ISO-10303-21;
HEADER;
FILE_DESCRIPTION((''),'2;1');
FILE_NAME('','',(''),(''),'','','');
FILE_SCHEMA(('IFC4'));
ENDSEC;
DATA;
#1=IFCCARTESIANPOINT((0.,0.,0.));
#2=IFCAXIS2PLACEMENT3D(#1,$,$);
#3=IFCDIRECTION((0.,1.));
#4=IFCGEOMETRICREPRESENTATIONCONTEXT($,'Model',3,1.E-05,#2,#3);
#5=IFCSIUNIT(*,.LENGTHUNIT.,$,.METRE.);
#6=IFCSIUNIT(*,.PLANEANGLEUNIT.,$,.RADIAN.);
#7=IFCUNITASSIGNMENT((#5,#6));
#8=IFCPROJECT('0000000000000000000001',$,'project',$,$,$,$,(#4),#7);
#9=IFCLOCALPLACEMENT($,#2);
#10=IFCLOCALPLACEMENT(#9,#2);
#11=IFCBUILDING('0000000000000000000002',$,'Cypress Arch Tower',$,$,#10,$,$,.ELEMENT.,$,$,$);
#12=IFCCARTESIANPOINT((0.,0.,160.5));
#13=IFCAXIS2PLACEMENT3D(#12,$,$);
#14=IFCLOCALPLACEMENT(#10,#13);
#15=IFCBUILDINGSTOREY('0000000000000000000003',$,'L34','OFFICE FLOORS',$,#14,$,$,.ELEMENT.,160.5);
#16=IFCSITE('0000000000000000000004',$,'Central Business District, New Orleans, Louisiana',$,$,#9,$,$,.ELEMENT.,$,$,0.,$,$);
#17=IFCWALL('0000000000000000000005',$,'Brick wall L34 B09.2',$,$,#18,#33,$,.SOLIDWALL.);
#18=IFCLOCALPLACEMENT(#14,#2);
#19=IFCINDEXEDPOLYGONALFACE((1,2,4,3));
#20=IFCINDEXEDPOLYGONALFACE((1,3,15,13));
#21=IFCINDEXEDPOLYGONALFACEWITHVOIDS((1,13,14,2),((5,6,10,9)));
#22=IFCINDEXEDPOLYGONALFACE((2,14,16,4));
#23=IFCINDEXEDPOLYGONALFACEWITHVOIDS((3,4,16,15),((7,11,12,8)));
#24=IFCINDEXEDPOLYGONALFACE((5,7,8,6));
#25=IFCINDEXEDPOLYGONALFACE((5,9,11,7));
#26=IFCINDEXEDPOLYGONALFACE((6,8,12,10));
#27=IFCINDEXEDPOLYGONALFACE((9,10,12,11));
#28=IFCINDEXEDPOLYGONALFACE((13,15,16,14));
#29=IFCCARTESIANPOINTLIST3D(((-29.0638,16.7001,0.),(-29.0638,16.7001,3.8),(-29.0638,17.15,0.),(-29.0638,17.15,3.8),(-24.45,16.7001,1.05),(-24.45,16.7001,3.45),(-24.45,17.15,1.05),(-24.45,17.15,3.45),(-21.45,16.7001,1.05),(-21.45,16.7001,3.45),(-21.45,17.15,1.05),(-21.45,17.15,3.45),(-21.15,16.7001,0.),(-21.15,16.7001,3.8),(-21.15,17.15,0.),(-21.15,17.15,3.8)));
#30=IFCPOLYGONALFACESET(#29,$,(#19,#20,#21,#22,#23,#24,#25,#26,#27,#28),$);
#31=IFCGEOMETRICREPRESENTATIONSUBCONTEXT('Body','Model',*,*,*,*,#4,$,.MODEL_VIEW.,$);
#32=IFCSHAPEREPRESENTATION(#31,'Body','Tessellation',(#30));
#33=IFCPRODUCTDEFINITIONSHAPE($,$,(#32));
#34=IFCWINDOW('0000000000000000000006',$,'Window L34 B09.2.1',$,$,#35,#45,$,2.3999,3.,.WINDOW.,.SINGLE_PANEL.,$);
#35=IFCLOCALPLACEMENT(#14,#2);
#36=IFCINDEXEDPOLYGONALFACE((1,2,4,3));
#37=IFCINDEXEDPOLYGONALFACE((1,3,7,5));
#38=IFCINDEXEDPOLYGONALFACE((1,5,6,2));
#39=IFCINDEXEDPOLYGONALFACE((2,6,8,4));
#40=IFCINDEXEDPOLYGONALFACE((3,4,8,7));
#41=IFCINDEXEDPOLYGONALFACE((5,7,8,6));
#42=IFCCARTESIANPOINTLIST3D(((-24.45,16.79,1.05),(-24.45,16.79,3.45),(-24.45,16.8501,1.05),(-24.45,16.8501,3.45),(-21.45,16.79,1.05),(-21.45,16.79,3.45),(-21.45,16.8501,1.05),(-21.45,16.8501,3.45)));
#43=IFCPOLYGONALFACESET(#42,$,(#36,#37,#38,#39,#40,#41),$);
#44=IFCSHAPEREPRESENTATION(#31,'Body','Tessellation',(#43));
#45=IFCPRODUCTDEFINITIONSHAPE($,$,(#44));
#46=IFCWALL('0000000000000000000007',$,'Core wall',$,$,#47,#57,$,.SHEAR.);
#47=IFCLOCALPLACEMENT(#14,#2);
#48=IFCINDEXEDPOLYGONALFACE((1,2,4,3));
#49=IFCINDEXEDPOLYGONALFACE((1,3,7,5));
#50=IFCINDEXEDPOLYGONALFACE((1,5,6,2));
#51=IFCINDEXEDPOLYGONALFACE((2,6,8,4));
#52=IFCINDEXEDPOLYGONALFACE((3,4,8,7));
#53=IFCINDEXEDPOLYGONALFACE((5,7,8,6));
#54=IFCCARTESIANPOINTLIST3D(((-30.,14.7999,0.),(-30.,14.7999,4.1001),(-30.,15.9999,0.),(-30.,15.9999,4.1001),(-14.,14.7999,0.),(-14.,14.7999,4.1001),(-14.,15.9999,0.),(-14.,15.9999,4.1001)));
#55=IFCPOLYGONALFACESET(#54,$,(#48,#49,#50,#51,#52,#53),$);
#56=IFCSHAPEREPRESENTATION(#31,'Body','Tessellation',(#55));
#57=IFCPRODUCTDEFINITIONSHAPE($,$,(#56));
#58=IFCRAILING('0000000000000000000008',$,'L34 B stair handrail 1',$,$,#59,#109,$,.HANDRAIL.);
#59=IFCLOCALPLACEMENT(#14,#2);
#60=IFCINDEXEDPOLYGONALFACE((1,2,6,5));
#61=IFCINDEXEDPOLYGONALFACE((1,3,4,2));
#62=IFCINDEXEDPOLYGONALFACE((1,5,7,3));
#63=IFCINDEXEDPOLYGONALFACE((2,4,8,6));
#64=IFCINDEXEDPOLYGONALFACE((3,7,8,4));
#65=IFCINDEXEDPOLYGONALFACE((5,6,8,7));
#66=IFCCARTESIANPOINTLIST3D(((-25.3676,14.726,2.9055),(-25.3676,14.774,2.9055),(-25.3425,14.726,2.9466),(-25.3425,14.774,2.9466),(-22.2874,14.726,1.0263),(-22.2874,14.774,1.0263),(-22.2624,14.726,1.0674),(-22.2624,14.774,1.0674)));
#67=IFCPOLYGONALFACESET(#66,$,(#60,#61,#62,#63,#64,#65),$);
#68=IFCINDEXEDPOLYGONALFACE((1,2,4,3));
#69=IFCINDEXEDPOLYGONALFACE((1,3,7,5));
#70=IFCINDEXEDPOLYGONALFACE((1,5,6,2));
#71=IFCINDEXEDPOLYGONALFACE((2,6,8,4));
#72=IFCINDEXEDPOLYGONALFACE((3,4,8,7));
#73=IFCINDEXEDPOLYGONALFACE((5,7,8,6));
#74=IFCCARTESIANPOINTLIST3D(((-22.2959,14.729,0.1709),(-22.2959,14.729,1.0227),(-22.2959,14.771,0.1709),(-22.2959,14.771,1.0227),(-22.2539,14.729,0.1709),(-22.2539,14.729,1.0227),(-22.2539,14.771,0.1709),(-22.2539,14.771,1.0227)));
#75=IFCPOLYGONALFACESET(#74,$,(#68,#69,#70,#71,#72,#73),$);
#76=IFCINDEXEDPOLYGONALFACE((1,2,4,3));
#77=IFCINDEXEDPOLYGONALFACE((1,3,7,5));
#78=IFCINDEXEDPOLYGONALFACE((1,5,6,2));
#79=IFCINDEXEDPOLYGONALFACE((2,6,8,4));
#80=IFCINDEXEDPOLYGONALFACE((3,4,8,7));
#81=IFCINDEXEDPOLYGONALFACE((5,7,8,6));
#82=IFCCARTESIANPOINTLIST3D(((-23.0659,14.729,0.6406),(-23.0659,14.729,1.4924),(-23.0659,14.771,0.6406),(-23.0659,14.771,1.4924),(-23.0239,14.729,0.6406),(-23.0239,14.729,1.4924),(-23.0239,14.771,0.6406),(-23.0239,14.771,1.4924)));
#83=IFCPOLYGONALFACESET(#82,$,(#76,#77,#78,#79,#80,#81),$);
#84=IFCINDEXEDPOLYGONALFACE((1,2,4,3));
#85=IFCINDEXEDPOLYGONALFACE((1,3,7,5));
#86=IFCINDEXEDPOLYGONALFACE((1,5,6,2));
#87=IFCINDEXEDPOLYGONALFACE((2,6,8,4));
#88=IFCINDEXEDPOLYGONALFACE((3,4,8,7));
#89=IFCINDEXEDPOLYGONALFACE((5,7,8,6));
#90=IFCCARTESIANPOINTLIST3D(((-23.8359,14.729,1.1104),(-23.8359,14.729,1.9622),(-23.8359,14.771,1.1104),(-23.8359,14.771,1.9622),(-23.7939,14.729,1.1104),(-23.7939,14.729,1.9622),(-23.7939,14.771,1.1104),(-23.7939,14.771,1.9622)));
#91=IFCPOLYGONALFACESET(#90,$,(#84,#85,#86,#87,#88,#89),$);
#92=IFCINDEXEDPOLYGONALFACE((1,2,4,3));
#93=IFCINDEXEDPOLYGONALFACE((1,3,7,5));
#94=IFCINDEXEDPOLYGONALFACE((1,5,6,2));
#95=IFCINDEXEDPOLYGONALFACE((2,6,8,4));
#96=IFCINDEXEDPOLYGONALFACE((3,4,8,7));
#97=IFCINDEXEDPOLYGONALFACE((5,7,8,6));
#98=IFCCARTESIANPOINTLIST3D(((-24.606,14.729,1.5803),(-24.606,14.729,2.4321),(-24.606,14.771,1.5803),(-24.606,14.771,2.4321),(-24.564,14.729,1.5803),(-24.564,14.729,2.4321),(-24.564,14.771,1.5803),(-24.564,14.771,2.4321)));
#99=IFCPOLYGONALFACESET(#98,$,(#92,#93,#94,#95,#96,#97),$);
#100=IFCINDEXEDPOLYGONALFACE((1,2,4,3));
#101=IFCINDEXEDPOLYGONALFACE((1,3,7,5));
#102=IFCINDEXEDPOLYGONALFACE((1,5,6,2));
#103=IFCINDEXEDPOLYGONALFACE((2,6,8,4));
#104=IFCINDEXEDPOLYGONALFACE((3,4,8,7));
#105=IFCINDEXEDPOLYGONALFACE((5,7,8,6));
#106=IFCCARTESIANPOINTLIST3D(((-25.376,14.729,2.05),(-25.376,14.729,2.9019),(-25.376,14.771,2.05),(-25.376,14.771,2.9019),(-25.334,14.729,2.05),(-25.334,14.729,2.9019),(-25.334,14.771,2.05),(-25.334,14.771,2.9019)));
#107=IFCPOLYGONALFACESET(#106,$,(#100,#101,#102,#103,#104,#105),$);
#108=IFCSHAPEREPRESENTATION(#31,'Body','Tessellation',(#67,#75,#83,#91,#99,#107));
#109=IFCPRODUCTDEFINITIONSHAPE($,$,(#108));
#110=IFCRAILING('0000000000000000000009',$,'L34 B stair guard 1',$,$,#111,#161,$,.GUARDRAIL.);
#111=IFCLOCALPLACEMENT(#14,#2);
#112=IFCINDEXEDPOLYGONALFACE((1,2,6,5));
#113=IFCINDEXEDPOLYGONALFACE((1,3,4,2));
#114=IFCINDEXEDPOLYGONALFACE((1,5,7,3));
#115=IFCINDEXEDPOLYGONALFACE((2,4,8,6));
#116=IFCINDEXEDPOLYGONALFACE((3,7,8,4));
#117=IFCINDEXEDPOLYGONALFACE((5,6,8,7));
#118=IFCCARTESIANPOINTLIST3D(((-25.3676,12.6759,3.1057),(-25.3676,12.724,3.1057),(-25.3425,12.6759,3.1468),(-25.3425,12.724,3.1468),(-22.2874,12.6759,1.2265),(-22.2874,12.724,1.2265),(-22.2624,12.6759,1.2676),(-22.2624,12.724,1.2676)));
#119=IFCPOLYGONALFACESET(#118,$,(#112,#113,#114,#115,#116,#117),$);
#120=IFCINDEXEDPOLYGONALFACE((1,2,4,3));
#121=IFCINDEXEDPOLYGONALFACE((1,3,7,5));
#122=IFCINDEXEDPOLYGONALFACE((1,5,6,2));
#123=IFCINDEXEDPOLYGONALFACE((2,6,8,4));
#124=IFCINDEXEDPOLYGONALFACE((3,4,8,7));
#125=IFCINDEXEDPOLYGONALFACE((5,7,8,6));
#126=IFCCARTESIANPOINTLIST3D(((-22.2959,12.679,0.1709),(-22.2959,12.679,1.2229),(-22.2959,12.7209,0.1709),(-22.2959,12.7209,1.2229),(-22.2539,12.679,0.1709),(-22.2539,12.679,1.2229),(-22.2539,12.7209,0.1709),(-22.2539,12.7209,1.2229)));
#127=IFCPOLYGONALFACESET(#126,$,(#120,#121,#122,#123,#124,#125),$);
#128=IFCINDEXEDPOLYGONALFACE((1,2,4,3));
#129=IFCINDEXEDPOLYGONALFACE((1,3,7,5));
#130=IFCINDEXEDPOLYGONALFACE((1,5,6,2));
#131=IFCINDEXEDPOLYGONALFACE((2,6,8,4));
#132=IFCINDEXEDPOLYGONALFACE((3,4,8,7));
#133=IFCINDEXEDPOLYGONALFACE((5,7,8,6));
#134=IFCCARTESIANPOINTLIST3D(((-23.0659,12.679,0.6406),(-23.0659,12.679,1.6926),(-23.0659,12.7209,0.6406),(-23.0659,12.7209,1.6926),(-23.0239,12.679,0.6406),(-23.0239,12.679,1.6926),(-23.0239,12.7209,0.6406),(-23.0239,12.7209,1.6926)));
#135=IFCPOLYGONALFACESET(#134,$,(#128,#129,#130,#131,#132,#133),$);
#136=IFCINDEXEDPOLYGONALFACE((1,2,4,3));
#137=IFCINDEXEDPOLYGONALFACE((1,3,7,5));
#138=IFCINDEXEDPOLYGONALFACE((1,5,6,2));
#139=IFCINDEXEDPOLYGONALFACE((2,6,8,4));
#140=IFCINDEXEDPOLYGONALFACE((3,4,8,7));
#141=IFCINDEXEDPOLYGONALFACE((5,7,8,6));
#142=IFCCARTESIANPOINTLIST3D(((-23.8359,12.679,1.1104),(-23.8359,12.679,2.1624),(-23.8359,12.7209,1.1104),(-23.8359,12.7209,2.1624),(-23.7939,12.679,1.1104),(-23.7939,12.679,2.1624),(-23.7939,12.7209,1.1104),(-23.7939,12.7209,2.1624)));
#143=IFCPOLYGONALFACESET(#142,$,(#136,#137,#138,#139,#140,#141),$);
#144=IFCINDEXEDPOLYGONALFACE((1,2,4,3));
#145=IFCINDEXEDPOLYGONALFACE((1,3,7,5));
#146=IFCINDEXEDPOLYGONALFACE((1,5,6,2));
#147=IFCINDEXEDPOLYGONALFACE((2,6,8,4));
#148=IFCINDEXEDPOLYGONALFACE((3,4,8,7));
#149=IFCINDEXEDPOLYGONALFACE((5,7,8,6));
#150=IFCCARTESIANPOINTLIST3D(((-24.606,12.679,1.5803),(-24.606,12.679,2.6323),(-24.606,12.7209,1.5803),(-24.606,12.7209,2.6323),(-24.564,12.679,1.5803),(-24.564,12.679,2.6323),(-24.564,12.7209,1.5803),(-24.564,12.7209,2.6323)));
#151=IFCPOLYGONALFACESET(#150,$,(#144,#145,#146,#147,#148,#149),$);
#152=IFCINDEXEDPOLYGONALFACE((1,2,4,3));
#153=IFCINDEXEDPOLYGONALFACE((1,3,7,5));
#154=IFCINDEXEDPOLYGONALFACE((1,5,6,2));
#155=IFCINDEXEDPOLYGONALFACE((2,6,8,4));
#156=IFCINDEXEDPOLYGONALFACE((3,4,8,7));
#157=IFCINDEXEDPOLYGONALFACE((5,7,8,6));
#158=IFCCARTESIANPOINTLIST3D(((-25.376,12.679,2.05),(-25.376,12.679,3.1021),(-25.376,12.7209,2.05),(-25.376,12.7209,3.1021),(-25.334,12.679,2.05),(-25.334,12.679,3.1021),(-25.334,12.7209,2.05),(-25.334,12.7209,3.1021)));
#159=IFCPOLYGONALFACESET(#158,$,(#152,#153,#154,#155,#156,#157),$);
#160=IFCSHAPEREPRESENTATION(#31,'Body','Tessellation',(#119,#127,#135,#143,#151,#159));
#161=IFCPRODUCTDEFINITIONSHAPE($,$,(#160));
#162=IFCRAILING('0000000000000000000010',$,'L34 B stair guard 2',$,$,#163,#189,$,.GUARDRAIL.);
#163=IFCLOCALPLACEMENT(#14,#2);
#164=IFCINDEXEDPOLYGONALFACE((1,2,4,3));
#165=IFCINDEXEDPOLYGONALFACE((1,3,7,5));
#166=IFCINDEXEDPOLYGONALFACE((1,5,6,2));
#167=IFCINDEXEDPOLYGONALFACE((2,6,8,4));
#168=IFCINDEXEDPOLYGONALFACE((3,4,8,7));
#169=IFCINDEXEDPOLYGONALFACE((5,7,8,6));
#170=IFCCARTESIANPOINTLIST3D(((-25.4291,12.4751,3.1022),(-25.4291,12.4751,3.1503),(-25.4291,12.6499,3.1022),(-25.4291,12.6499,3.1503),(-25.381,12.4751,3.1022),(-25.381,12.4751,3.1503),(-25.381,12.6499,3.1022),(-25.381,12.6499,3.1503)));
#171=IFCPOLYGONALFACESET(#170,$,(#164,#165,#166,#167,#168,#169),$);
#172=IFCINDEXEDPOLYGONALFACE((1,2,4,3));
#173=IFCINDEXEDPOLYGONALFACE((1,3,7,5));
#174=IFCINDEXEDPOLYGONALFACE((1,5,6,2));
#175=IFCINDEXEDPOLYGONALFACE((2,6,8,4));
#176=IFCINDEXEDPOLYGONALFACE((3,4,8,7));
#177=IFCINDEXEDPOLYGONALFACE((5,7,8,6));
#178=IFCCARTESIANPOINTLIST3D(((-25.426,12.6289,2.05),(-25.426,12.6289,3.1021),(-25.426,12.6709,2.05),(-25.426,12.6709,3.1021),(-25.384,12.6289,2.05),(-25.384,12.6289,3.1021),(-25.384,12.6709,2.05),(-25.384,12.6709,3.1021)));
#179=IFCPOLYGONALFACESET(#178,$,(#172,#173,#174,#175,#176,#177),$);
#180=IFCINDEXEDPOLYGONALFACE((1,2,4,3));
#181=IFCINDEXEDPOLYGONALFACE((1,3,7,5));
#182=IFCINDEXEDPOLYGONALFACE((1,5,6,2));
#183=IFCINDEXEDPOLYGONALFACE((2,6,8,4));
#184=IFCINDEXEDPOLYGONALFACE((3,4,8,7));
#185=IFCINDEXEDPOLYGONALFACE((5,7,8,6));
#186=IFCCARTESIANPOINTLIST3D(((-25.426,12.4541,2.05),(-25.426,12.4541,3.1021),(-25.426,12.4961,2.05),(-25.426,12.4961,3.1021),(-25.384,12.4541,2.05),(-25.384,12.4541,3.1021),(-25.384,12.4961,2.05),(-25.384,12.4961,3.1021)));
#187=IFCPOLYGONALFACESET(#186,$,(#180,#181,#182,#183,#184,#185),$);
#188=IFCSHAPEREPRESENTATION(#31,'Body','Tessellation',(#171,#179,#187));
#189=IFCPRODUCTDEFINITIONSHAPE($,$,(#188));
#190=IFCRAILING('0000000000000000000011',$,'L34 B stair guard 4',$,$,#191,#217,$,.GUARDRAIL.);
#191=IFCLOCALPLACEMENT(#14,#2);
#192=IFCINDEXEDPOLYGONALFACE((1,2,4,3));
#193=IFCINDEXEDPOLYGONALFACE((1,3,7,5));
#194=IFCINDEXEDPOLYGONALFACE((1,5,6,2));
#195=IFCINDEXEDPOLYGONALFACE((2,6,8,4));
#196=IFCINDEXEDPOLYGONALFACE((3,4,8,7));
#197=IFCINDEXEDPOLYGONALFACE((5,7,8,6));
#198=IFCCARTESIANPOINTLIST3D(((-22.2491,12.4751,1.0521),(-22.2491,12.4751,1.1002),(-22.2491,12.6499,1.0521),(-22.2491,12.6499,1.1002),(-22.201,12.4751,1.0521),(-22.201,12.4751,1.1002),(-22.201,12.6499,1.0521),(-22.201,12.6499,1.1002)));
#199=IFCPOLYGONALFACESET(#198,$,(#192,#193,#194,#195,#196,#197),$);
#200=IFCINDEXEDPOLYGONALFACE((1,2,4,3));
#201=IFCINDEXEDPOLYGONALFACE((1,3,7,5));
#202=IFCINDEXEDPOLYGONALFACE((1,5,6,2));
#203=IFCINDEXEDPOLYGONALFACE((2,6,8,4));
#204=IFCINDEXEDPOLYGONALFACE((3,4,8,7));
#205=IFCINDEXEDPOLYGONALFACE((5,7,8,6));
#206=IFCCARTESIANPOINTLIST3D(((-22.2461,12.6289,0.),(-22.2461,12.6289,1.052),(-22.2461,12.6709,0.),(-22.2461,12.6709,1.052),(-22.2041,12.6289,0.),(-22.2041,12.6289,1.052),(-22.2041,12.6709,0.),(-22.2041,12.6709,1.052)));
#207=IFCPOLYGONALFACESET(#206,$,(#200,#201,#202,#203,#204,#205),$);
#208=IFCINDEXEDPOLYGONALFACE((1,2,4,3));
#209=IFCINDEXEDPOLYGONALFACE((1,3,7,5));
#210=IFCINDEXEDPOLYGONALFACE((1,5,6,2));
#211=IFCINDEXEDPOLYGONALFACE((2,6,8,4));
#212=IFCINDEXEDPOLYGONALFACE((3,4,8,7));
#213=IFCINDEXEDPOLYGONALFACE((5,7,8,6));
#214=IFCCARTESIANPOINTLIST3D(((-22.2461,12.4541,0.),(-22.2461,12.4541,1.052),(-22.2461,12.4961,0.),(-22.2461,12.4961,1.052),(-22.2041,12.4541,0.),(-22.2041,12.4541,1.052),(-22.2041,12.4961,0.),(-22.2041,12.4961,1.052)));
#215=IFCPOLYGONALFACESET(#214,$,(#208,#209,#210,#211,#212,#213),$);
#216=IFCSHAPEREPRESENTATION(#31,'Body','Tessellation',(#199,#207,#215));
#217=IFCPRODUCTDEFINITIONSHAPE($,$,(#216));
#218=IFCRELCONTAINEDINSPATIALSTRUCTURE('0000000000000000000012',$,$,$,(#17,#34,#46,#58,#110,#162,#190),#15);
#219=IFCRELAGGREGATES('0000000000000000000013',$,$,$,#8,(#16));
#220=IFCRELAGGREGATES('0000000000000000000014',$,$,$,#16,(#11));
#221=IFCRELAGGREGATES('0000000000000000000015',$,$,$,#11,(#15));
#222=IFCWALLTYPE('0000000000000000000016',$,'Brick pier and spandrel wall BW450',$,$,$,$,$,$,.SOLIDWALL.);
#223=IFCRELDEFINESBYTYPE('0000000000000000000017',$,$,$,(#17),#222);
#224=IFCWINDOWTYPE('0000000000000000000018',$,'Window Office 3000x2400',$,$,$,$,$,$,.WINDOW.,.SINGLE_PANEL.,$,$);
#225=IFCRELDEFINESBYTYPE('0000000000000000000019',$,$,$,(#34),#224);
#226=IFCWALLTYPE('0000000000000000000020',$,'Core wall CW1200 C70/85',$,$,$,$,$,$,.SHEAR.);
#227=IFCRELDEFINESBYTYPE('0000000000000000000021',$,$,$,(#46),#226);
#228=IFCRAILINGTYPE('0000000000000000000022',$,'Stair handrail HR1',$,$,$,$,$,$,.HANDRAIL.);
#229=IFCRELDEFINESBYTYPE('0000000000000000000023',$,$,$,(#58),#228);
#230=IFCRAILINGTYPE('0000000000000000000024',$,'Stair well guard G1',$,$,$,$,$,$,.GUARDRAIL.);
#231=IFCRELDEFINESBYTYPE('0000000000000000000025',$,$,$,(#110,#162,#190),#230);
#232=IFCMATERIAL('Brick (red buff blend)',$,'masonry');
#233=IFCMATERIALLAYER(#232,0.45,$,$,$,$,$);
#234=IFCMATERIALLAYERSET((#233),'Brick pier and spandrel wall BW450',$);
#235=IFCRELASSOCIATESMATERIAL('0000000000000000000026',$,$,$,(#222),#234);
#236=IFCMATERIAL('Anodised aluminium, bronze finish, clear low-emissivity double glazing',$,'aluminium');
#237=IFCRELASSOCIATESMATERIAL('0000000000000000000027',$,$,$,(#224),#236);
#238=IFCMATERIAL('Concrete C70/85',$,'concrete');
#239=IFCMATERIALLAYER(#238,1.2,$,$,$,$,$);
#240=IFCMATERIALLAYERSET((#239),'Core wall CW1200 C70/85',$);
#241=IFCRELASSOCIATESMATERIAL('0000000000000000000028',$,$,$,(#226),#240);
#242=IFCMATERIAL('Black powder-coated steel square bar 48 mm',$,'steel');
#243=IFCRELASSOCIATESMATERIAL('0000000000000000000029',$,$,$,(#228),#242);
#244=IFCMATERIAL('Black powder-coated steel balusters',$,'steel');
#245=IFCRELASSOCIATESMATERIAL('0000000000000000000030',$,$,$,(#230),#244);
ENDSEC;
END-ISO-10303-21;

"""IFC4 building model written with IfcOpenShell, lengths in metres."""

from ifc_helpers import new_model, si_unit, direction, frame, frame_2d, origin, origin_2d, place, context, subcontext, project, spatial, rectangle, extrude, material, layer, layer_set, type_object, element, fill, save


model = new_model("IFC4")

# Units and contexts
model_context = context("Model", 3, precision=1e-05, world=origin(), true_north=direction((0.0, 1.0)))
body_context = subcontext(model_context, "Body", "Model", "MODEL_VIEW")
ifc_project = project(units=[si_unit("LENGTHUNIT", "METRE"), si_unit("PLANEANGLEUNIT", "RADIAN")], contexts=[model_context])

# Site, building, storey
site_placement = place(None, origin())
site = spatial("IfcSite", under=ifc_project, at=site_placement, Name="Central Business District, New Orleans, Louisiana", CompositionType="ELEMENT", RefElevation=0.0)
building_placement = place(site_placement, origin())
building = spatial("IfcBuilding", under=site, at=building_placement, Name="Cypress Arch Tower", CompositionType="ELEMENT")
storey_placement = place(building_placement, frame((0.0, 0.0, 160.5)))
storey = spatial("IfcBuildingStorey", under=building, at=storey_placement, Name="L34", Description="OFFICE FLOORS", CompositionType="ELEMENT", Elevation=160.5)

# Wall, opening, window
ifc_material_1 = material(Name="Brick (red buff blend)", Category="masonry")
ifc_layer_1 = layer(ifc_material_1, 0.45)
ifc_layer_set_1 = layer_set([ifc_layer_1], Name="Brick pier and spandrel wall BW450")
wall_type_1 = type_object("IfcWallType", Name="Brick pier and spandrel wall BW450", PredefinedType="SOLIDWALL", material=ifc_layer_set_1)
wall_1_placement = place(storey_placement, frame((-21.1499, 16.925, 0.0), z_axis=(0.0, 0.0, 1.0), x_axis=(-1.0, 0.0, 0.0)))
wall_1 = element("IfcWall", 1, at=wall_1_placement, inside=storey, type_object=wall_type_1, Name="Brick wall L34 B09.2", PredefinedType="SOLIDWALL", context=body_context, shape_type="SweptSolid", body=[
    extrude(rectangle(XDim=7.9138, YDim=0.45, at=frame_2d((3.957, 0.0))), origin(), (0.0, 0.0, 1.0), 3.8),
])
opening_placement = place(wall_1_placement, frame((0.3, 0.0, 1.05)))
opening = element("IfcOpeningElement", 2, at=opening_placement, cuts=wall_1, PredefinedType="OPENING", context=body_context, shape_type="SweptSolid", body=[
    extrude(rectangle(XDim=3.0, YDim=2.3999, at=frame_2d((1.5, 1.2))), frame((0.0, 0.2349, 0.0), z_axis=(0.0, -1.0, 0.0), x_axis=(1.0, 0.0, 0.0)), (0.0, 0.0, 1.0), 0.47),
])
ifc_material_2 = material(Name="Anodised aluminium, bronze finish, clear low-emissivity double glazing", Category="aluminium")
window_type = type_object("IfcWindowType", Name="Window Office 3000x2400", PartitioningType="SINGLE_PANEL", PredefinedType="WINDOW", material=ifc_material_2)
window_placement = place(opening_placement, origin())
window = element("IfcWindow", 3, at=window_placement, inside=storey, type_object=window_type, Name="Window L34 B09.2.1", OverallHeight=2.3999, OverallWidth=3.0, PartitioningType="SINGLE_PANEL", PredefinedType="WINDOW", context=body_context, shape_type="SweptSolid", body=[
    extrude(rectangle(XDim=3.0, YDim=2.3999, at=frame_2d((1.5, 1.2))), frame((0.0, 0.135, 0.0), z_axis=(0.0, -1.0, 0.0), x_axis=(1.0, 0.0, 0.0)), (0.0, 0.0, 1.0), 0.0601),
])
fill(opening, window)

# Wall
ifc_material_3 = material(Name="Concrete C70/85", Category="concrete")
ifc_layer_2 = layer(ifc_material_3, 1.2)
ifc_layer_set_2 = layer_set([ifc_layer_2], Name="Core wall CW1200 C70/85")
wall_type_2 = type_object("IfcWallType", Name="Core wall CW1200 C70/85", PredefinedType="SHEAR", material=ifc_layer_set_2)
wall_2_placement = place(storey_placement, frame((-30.0, 15.3999, 0.0), z_axis=(0.0, 0.0, 1.0), x_axis=(1.0, 0.0, 0.0)))
element("IfcWall", 4, at=wall_2_placement, inside=storey, type_object=wall_type_2, Name="Core wall", PredefinedType="SHEAR", context=body_context, shape_type="SweptSolid", body=[
    extrude(rectangle(XDim=16.0, YDim=1.2, at=frame_2d((8.0, 0.0))), origin(), (0.0, 0.0, 1.0), 4.1001),
])

# Railings
ifc_material_4 = material(Name="Black powder-coated steel square bar 48 mm", Category="steel")
railing_type_1 = type_object("IfcRailingType", Name="Stair handrail HR1", PredefinedType="HANDRAIL", material=ifc_material_4)
railing_1_placement = place(storey_placement, frame((-22.2749, 14.75, 0.1709)))
element("IfcRailing", 5, at=railing_1_placement, inside=storey, type_object=railing_type_1, Name="L34 B stair handrail 1", PredefinedType="HANDRAIL", context=body_context, shape_type="SweptSolid", body=[
    extrude(rectangle(XDim=0.0481, YDim=0.0481, at=origin_2d()), frame((0.0, 0.0, 0.876), z_axis=(-0.853666, 0.0, 0.52082), x_axis=(0.0, -1.0, 0.0)), (0.0, 0.0, 1.0), 3.6082),
    extrude(rectangle(XDim=0.042, YDim=0.042, at=origin_2d()), origin(), (0.0, 0.0, 1.0), 0.8518),
    extrude(rectangle(XDim=0.042, YDim=0.042, at=origin_2d()), frame((-0.77, 0.0, 0.4697)), (0.0, 0.0, 1.0), 0.8518),
    extrude(rectangle(XDim=0.042, YDim=0.042, at=origin_2d()), frame((-1.54, 0.0, 0.9395)), (0.0, 0.0, 1.0), 0.8518),
    extrude(rectangle(XDim=0.042, YDim=0.042, at=origin_2d()), frame((-2.3101, 0.0, 1.4094)), (0.0, 0.0, 1.0), 0.8518),
    extrude(rectangle(XDim=0.042, YDim=0.042, at=origin_2d()), frame((-3.0801, 0.0, 1.8792)), (0.0, 0.0, 1.0), 0.8518),
])
ifc_material_5 = material(Name="Black powder-coated steel balusters", Category="steel")
railing_type_2 = type_object("IfcRailingType", Name="Stair well guard G1", PredefinedType="GUARDRAIL", material=ifc_material_5)
railing_2_placement = place(storey_placement, frame((-22.2749, 12.7, 0.1709)))
element("IfcRailing", 6, at=railing_2_placement, inside=storey, type_object=railing_type_2, Name="L34 B stair guard 1", PredefinedType="GUARDRAIL", context=body_context, shape_type="SweptSolid", body=[
    extrude(rectangle(XDim=0.0481, YDim=0.0481, at=origin_2d()), frame((0.0, 0.0, 1.0762), z_axis=(-0.853666, 0.0, 0.52082), x_axis=(0.0, -1.0, 0.0)), (0.0, 0.0, 1.0), 3.6082),
    extrude(rectangle(XDim=0.042, YDim=0.042, at=origin_2d()), origin(), (0.0, 0.0, 1.0), 1.052),
    extrude(rectangle(XDim=0.042, YDim=0.042, at=origin_2d()), frame((-0.77, 0.0, 0.4697)), (0.0, 0.0, 1.0), 1.052),
    extrude(rectangle(XDim=0.042, YDim=0.042, at=origin_2d()), frame((-1.54, 0.0, 0.9395)), (0.0, 0.0, 1.0), 1.052),
    extrude(rectangle(XDim=0.042, YDim=0.042, at=origin_2d()), frame((-2.3101, 0.0, 1.4094)), (0.0, 0.0, 1.0), 1.052),
    extrude(rectangle(XDim=0.042, YDim=0.042, at=origin_2d()), frame((-3.0801, 0.0, 1.8792)), (0.0, 0.0, 1.0), 1.052),
])
for number, where, name in (
    (7, (-25.405, 12.6499, 2.05), "L34 B stair guard 2"),
    (8, (-22.2251, 12.6499, 0.0), "L34 B stair guard 4"),
):
    element("IfcRailing", number, at=place(storey_placement, frame(where)), inside=storey, type_object=railing_type_2, Name=name, PredefinedType="GUARDRAIL", context=body_context, shape_type="SweptSolid", body=[
        extrude(rectangle(XDim=0.0481, YDim=0.0481, at=origin_2d()), frame((0.0, 0.0, 1.0762), z_axis=(0.0, -1.0, 0.0), x_axis=(1.0, 0.0, 0.0)), (0.0, 0.0, 1.0), 0.1748),
        extrude(rectangle(XDim=0.042, YDim=0.042, at=origin_2d()), origin(), (0.0, 0.0, 1.0), 1.052),
        extrude(rectangle(XDim=0.042, YDim=0.042, at=origin_2d()), frame((0.0, -0.1748, 0.0)), (0.0, 0.0, 1.0), 1.052),
    ])

save(model, "model.ifc")
